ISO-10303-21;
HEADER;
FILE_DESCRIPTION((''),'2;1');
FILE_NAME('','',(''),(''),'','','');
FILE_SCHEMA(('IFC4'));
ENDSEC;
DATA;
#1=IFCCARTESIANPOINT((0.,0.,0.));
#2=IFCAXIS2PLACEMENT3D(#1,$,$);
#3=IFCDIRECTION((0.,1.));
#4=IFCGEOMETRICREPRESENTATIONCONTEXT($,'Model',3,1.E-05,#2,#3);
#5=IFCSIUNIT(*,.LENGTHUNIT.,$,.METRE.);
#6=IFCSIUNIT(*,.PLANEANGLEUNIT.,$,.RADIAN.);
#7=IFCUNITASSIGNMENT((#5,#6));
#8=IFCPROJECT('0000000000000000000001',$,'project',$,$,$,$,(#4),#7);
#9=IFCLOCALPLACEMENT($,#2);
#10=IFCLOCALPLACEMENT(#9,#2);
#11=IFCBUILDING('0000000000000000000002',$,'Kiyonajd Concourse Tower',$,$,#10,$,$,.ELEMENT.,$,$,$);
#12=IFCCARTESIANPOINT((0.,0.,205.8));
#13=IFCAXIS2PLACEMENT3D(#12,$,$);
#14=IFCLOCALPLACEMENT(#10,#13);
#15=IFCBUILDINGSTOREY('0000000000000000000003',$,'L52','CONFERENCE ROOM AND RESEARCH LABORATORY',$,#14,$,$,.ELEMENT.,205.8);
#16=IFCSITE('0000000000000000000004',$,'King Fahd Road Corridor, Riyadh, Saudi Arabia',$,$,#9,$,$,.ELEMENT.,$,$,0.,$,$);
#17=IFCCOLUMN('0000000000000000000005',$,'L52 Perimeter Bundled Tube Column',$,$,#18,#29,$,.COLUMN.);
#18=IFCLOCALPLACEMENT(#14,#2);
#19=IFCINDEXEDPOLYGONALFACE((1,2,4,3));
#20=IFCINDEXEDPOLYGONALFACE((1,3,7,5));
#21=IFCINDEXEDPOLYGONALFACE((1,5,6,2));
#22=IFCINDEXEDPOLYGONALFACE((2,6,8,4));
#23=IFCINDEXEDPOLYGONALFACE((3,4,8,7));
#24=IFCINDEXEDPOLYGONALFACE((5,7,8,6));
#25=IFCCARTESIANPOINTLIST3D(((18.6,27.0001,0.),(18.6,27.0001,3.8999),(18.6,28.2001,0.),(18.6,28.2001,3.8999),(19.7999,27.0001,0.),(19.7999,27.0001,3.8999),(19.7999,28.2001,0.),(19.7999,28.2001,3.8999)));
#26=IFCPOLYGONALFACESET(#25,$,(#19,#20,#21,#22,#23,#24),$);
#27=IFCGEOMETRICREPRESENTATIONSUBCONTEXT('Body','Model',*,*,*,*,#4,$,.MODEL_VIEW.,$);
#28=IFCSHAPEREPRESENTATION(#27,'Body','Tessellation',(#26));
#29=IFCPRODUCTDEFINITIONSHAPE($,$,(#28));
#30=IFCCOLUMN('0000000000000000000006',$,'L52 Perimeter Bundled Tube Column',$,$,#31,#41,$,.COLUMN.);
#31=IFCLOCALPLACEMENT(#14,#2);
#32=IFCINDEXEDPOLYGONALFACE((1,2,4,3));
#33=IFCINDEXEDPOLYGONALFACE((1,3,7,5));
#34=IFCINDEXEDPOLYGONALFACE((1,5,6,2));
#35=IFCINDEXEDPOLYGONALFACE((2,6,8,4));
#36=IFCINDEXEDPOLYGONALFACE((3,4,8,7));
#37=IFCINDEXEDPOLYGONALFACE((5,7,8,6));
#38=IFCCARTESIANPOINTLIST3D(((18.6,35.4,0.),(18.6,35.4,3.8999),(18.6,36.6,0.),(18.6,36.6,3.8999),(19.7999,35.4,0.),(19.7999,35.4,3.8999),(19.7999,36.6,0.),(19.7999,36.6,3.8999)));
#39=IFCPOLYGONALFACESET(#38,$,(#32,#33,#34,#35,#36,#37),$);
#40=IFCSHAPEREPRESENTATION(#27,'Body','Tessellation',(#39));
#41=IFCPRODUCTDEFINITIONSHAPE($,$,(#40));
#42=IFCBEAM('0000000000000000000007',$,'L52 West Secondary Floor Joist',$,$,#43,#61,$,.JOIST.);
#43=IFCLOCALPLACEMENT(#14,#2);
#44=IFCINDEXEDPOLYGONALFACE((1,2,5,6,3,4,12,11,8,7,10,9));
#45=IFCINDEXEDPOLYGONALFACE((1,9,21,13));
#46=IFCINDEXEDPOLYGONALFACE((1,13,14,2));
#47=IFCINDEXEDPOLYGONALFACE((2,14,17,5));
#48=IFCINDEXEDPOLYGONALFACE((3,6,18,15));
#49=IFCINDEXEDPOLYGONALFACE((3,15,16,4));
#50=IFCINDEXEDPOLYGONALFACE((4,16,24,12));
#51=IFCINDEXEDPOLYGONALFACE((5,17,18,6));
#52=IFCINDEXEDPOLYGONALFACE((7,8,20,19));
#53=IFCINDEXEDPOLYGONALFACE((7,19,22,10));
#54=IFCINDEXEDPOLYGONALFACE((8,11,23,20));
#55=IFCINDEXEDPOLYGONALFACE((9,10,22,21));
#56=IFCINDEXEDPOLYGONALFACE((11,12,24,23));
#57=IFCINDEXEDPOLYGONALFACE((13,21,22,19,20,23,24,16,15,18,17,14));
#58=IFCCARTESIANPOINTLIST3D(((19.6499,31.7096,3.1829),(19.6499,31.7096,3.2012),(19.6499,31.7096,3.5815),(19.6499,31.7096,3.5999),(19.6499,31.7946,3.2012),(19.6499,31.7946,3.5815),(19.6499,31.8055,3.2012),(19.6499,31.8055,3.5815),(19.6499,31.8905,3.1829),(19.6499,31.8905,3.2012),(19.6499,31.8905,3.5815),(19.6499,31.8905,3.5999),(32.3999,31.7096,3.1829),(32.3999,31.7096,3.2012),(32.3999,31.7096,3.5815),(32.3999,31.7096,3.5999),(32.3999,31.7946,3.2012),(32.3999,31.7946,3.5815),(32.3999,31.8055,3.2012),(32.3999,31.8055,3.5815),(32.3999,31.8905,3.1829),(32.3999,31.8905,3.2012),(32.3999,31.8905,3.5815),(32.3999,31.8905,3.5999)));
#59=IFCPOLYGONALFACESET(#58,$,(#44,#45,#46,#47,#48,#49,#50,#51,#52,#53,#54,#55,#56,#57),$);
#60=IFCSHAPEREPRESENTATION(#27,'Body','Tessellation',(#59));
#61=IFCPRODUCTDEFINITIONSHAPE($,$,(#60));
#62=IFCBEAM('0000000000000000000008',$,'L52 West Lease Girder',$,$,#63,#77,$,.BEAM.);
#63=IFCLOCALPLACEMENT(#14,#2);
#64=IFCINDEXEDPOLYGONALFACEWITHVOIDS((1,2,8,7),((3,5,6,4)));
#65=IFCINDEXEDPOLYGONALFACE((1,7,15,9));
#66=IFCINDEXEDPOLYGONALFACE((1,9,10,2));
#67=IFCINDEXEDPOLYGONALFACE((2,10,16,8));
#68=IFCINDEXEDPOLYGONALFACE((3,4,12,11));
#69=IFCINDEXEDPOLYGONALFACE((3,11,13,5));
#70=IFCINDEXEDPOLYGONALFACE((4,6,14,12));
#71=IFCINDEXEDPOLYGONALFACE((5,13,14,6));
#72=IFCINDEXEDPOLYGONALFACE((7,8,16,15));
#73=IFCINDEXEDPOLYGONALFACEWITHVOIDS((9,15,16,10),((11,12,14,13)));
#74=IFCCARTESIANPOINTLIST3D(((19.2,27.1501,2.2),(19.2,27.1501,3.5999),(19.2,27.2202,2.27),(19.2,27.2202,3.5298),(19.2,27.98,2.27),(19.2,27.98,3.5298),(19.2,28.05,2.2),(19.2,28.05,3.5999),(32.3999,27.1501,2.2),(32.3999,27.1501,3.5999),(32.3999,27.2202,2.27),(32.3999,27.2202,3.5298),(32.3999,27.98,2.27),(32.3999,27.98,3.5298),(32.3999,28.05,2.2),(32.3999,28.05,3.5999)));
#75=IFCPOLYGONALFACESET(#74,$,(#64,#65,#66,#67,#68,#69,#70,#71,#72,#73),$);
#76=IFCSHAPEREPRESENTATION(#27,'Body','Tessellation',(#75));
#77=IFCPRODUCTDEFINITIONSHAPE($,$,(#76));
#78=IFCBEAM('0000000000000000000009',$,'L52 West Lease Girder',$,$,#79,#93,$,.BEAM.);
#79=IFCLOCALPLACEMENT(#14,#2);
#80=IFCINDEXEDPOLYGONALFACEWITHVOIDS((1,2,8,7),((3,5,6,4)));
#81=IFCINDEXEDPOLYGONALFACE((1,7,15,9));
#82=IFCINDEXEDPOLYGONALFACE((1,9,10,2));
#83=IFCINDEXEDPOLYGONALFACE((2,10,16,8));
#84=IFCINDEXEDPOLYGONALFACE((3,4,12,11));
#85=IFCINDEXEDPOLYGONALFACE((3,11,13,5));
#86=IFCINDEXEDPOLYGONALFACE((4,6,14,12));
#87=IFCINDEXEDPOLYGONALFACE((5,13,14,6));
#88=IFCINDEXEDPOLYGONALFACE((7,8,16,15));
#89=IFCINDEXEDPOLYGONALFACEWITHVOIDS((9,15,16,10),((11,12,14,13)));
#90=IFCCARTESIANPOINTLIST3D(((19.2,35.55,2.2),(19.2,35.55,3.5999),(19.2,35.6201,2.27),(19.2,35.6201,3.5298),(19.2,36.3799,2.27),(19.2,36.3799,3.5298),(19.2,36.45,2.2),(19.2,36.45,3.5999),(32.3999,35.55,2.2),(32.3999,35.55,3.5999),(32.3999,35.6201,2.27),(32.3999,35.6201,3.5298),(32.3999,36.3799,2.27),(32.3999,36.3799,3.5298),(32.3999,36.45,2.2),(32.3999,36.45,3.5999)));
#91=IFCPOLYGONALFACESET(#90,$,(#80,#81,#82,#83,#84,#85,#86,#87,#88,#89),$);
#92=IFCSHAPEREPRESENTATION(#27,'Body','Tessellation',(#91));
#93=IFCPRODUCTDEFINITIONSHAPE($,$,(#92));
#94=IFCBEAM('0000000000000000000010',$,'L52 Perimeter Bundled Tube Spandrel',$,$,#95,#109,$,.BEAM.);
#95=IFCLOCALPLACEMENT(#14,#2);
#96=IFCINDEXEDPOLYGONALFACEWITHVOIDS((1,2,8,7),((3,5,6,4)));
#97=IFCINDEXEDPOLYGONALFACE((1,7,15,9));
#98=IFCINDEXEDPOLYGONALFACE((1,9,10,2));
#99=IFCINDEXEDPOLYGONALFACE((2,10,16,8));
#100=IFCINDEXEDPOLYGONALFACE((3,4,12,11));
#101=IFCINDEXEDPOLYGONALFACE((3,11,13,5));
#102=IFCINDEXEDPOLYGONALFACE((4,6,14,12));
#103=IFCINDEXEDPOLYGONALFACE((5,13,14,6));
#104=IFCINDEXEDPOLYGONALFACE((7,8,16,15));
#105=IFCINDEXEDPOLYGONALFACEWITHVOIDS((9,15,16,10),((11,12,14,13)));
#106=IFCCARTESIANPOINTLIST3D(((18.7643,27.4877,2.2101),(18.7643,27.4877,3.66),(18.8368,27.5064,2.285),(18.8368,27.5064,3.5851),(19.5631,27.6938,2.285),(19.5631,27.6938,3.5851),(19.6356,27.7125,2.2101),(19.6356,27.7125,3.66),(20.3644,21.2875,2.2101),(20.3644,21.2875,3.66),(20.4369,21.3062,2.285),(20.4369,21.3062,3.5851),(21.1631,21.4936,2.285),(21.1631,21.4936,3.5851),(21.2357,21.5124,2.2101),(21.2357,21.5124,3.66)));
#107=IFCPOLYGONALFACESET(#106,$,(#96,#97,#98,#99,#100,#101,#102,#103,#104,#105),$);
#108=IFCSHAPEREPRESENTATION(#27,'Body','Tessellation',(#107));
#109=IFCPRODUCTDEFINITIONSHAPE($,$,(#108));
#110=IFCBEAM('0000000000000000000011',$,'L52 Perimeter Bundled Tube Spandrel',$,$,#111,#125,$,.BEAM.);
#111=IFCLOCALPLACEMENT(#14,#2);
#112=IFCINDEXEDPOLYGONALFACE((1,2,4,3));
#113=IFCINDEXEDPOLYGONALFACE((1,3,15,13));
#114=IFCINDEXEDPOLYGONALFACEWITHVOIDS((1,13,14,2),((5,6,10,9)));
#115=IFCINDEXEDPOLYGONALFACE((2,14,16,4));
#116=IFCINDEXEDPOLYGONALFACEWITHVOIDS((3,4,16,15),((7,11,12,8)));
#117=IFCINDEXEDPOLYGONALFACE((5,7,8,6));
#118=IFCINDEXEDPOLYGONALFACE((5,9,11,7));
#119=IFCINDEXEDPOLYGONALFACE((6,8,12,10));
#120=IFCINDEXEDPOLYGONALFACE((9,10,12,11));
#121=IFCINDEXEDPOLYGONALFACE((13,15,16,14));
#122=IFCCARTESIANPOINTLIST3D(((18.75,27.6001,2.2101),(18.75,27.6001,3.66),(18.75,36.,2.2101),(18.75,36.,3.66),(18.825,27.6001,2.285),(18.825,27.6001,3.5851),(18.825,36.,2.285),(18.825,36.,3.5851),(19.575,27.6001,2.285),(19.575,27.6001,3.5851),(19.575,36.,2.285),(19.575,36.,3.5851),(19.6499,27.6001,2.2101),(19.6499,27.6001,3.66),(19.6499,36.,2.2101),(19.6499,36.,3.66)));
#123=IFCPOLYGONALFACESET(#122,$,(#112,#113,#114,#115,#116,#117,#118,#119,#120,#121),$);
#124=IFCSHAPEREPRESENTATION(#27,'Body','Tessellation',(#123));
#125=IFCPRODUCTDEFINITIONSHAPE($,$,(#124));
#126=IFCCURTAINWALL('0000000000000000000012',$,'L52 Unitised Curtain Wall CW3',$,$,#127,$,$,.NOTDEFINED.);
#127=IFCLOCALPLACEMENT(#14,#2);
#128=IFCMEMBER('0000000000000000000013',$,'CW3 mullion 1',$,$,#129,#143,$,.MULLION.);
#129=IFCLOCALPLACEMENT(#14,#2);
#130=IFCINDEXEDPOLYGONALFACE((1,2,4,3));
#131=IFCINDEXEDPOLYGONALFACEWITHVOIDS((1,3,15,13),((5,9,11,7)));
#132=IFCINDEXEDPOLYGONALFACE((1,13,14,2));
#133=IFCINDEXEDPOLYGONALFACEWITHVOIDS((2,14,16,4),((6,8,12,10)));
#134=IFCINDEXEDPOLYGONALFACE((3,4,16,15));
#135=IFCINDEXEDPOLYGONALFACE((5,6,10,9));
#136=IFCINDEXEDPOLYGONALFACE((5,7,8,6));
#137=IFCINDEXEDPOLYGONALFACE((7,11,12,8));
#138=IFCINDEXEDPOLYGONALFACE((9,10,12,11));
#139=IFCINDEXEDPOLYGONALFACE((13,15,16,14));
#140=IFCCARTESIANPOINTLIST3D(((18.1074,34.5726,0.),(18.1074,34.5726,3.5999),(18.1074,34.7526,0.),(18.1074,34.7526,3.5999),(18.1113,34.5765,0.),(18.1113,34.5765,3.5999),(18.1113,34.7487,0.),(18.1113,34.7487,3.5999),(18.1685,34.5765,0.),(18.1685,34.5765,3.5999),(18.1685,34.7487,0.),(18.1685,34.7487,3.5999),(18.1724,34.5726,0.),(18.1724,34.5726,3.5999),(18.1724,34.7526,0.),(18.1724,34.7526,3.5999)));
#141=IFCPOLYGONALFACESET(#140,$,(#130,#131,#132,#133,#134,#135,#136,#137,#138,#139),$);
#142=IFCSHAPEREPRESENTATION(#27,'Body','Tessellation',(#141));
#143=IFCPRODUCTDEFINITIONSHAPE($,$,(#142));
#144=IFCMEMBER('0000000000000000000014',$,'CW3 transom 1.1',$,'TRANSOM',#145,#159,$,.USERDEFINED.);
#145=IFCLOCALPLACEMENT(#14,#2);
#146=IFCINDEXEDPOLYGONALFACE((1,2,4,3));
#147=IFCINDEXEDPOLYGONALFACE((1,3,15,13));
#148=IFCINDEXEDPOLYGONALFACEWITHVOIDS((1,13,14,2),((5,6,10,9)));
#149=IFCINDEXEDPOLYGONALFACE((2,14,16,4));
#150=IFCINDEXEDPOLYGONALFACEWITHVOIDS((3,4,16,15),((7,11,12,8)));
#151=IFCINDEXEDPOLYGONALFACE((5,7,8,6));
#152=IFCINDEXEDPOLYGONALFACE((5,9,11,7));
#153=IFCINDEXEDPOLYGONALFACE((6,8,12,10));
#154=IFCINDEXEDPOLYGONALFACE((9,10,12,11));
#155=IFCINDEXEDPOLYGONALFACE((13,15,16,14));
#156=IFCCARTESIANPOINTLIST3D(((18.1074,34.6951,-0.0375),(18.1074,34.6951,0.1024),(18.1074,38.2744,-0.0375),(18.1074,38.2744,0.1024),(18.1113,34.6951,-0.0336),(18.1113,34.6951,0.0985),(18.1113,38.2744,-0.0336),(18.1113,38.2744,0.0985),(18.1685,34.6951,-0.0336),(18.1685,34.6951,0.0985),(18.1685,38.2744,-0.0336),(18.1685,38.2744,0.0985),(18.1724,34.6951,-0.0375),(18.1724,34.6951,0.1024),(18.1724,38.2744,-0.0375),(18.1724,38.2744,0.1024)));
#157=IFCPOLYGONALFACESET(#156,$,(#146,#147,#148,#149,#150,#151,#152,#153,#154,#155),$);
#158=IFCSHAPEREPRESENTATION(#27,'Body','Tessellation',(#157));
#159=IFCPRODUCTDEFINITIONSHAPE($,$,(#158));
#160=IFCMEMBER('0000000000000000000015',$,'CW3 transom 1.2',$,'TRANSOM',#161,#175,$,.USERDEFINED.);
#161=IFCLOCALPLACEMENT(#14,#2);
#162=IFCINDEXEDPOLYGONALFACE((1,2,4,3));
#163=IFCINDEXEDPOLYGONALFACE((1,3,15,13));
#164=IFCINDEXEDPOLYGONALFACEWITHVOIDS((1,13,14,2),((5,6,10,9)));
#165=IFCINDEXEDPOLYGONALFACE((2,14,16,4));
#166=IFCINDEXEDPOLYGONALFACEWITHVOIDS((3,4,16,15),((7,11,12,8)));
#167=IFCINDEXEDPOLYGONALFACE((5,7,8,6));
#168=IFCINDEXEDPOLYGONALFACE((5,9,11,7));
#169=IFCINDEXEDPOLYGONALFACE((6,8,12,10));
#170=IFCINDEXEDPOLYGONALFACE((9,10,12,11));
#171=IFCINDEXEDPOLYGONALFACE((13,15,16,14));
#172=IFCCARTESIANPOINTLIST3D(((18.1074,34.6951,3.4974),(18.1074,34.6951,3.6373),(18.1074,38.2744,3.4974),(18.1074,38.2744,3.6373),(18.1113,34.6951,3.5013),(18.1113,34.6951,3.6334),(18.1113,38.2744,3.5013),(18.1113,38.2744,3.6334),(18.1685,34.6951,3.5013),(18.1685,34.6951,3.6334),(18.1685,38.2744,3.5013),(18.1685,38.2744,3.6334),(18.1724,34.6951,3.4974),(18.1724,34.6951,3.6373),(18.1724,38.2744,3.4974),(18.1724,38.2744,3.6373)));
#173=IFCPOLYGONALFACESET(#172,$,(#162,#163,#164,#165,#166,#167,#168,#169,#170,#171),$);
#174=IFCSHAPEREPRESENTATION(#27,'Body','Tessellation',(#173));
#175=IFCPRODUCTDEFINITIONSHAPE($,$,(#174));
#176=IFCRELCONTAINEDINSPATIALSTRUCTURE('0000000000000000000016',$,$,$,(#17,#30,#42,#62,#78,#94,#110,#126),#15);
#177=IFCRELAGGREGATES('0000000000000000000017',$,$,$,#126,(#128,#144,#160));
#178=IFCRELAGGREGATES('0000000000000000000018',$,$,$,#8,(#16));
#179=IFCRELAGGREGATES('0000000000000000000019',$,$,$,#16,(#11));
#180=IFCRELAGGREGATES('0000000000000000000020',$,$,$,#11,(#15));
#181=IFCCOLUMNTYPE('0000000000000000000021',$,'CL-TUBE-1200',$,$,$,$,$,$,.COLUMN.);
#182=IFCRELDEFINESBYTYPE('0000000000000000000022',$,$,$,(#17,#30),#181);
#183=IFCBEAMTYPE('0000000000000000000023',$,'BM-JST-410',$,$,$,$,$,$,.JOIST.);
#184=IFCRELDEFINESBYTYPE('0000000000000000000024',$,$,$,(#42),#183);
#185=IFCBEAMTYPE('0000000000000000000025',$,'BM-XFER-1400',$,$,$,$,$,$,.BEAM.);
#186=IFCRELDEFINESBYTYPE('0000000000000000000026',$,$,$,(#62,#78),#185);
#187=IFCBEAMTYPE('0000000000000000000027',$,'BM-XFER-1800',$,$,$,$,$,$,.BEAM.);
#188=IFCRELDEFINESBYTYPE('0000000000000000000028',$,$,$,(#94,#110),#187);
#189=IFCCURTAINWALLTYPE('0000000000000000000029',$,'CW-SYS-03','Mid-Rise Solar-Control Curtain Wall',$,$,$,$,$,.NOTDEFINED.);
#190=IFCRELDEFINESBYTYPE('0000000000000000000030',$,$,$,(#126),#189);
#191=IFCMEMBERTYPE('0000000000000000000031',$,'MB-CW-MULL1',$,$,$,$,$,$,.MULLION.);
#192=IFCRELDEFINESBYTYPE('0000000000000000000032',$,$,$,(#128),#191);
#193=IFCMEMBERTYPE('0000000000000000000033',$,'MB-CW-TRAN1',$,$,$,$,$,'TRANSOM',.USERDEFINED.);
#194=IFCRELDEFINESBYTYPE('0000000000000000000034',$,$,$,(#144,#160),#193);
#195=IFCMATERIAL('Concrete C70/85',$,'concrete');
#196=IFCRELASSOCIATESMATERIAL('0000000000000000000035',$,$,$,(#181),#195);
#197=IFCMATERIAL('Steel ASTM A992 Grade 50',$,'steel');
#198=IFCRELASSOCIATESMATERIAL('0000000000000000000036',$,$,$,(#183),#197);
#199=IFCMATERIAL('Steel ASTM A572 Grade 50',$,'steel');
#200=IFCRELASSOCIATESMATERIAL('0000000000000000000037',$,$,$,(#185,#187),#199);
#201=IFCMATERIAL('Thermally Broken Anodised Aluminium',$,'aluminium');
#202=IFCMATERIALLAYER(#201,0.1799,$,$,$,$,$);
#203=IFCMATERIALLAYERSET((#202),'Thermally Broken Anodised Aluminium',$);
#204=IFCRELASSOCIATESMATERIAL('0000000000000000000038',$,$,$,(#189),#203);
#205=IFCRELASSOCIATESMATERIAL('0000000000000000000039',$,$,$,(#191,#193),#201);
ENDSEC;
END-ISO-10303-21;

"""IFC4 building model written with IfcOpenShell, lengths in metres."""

from ifc_helpers import new_model, si_unit, direction, frame, origin, origin_2d, place, context, subcontext, project, spatial, rectangle, hollow_rectangle, i_section, extrude, material, layer, layer_set, material_profile, profile_set, type_object, element, aggregate, save


model = new_model("IFC4")

# Units and contexts
model_context = context("Model", 3, precision=1e-05, world=origin(), true_north=direction((0.0, 1.0)))
body_context = subcontext(model_context, "Body", "Model", "MODEL_VIEW")
ifc_project = project(units=[si_unit("LENGTHUNIT", "METRE"), si_unit("PLANEANGLEUNIT", "RADIAN")], contexts=[model_context])

# Site, building, storey
site_placement = place(None, origin())
site = spatial("IfcSite", under=ifc_project, at=site_placement, Name="King Fahd Road Corridor, Riyadh, Saudi Arabia", CompositionType="ELEMENT", RefElevation=0.0)
building_placement = place(site_placement, origin())
building = spatial("IfcBuilding", under=site, at=building_placement, Name="Kiyonajd Concourse Tower", CompositionType="ELEMENT")
storey_placement = place(building_placement, frame((0.0, 0.0, 205.8)))
storey = spatial("IfcBuildingStorey", under=building, at=storey_placement, Name="L52", Description="CONFERENCE ROOM AND RESEARCH LABORATORY", CompositionType="ELEMENT", Elevation=205.8)

# Columns
ifc_material_1 = material(Name="Concrete C70/85", Category="concrete")
ifc_material_profile_1 = material_profile(ifc_material_1, rectangle(XDim=1.2, YDim=1.2, at=origin_2d()), Name="RC-1200x1200")
ifc_profile_set_1 = profile_set([ifc_material_profile_1], Name="Concrete C70/85")
column_type = type_object("IfcColumnType", Name="CL-TUBE-1200", PredefinedType="COLUMN", material=ifc_profile_set_1)
for number, where, z_axis, x_axis, name in (
    (1, (19.2, 27.6001, 0.0), (0.0, 0.0, 1.0), (1.0, 0.0, 0.0), "L52 Perimeter Bundled Tube Column"),
    (2, (19.2, 36.0, 0.0), (0.0, 0.0, 1.0), (1.0, 0.0, 0.0), "L52 Perimeter Bundled Tube Column"),
):
    element("IfcColumn", number, at=place(storey_placement, frame(where, z_axis=z_axis, x_axis=x_axis)), inside=storey, type_object=column_type, Name=name, PredefinedType="COLUMN", context=body_context, shape_type="SweptSolid", body=[
        extrude(rectangle(XDim=1.2, YDim=1.2, at=origin_2d()), origin(), (0.0, 0.0, 1.0), 3.8999),
    ])

# Beams
ifc_material_2 = material(Name="Steel ASTM A992 Grade 50", Category="steel")
ifc_material_profile_2 = material_profile(ifc_material_2, i_section(OverallWidth=0.1809, OverallDepth=0.417, WebThickness=0.011, FlangeThickness=0.0183, at=origin_2d()), Name="W410X85")
ifc_profile_set_2 = profile_set([ifc_material_profile_2], Name="Steel ASTM A992 Grade 50")
beam_type_1 = type_object("IfcBeamType", Name="BM-JST-410", PredefinedType="JOIST", material=ifc_profile_set_2)
beam_1_placement = place(storey_placement, frame((19.6499, 31.8, 3.3914), z_axis=(1.0, 0.0, 0.0), x_axis=(0.0, 1.0, 0.0)))
element("IfcBeam", 3, at=beam_1_placement, inside=storey, type_object=beam_type_1, Name="L52 West Secondary Floor Joist", PredefinedType="JOIST", context=body_context, shape_type="SweptSolid", body=[
    extrude(i_section(OverallWidth=0.1809, OverallDepth=0.417, WebThickness=0.011, FlangeThickness=0.0183, at=origin_2d()), origin(), (0.0, 0.0, 1.0), 12.75),
])
ifc_material_3 = material(Name="Steel ASTM A572 Grade 50", Category="steel")
ifc_material_profile_3 = material_profile(ifc_material_3, hollow_rectangle(XDim=0.8999, YDim=1.3999, WallThickness=0.0701, at=origin_2d()), Name="BOX-1400x900x70")
ifc_profile_set_3 = profile_set([ifc_material_profile_3], Name="Steel ASTM A572 Grade 50")
beam_type_2 = type_object("IfcBeamType", Name="BM-XFER-1400", PredefinedType="BEAM", material=ifc_profile_set_3)
for number, where, z_axis, x_axis, name in (
    (4, (19.2, 27.6001, 2.8999), (1.0, 0.0, 0.0), (0.0, 1.0, 0.0), "L52 West Lease Girder"),
    (5, (19.2, 36.0, 2.8999), (1.0, 0.0, 0.0), (0.0, 1.0, 0.0), "L52 West Lease Girder"),
):
    element("IfcBeam", number, at=place(storey_placement, frame(where, z_axis=z_axis, x_axis=x_axis)), inside=storey, type_object=beam_type_2, Name=name, PredefinedType="BEAM", context=body_context, shape_type="SweptSolid", body=[
        extrude(hollow_rectangle(XDim=0.8999, YDim=1.3999, WallThickness=0.0701, at=origin_2d()), origin(), (0.0, 0.0, 1.0), 13.2),
    ])
ifc_material_profile_4 = material_profile(ifc_material_3, hollow_rectangle(XDim=0.8999, YDim=1.45, WallThickness=0.075, at=origin_2d()), Name="BOX-1450x900x75")
ifc_profile_set_4 = profile_set([ifc_material_profile_4], Name="Steel ASTM A572 Grade 50")
beam_type_3 = type_object("IfcBeamType", Name="BM-XFER-1800", PredefinedType="BEAM", material=ifc_profile_set_4)
beam_2_placement = place(storey_placement, frame((19.2, 27.6001, 2.9351), z_axis=(0.249885, -0.968276, 0.0), x_axis=(0.968276, 0.249885, 0.0)))
element("IfcBeam", 6, at=beam_2_placement, inside=storey, type_object=beam_type_3, Name="L52 Perimeter Bundled Tube Spandrel", PredefinedType="BEAM", context=body_context, shape_type="SweptSolid", body=[
    extrude(hollow_rectangle(XDim=0.8999, YDim=1.45, WallThickness=0.075, at=origin_2d()), origin(), (0.0, 0.0, 1.0), 6.4033),
])
beam_3_placement = place(storey_placement, frame((19.2, 36.0, 2.9351), z_axis=(0.0, -1.0, 0.0), x_axis=(1.0, 0.0, 0.0)))
element("IfcBeam", 7, at=beam_3_placement, inside=storey, type_object=beam_type_3, Name="L52 Perimeter Bundled Tube Spandrel", PredefinedType="BEAM", context=body_context, shape_type="SweptSolid", body=[
    extrude(hollow_rectangle(XDim=0.8999, YDim=1.45, WallThickness=0.075, at=origin_2d()), origin(), (0.0, 0.0, 1.0), 8.3999),
])

# Curtain wall, members
ifc_material_4 = material(Name="Thermally Broken Anodised Aluminium", Category="aluminium")
ifc_layer_1 = layer(ifc_material_4, 0.1799)
ifc_layer_set_1 = layer_set([ifc_layer_1], Name="Thermally Broken Anodised Aluminium")
curtain_wall_type = type_object("IfcCurtainWallType", Name="CW-SYS-03", Description="Mid-Rise Solar-Control Curtain Wall", PredefinedType="NOTDEFINED", material=ifc_layer_set_1)
curtain_wall_placement = place(storey_placement, origin())
curtain_wall = element("IfcCurtainWall", 8, at=curtain_wall_placement, inside=storey, type_object=curtain_wall_type, Name="L52 Unitised Curtain Wall CW3", PredefinedType="NOTDEFINED")
ifc_material_profile_5 = material_profile(ifc_material_4, hollow_rectangle(XDim=0.0649, YDim=0.1799, WallThickness=0.0039, at=origin_2d()), Name="MULL-65x180")
ifc_profile_set_5 = profile_set([ifc_material_profile_5], Name="Thermally Broken Anodised Aluminium")
member_type_1 = type_object("IfcMemberType", Name="MB-CW-MULL1", PredefinedType="MULLION", material=ifc_profile_set_5)
member_1_placement = place(storey_placement, frame((18.1399, 34.6626, 0.0), z_axis=(0.0, 0.0, 1.0), x_axis=(-1.0, 0.0, 0.0)))
member_1 = element("IfcMember", 9, at=member_1_placement, type_object=member_type_1, Name="CW3 mullion 1", PredefinedType="MULLION", context=body_context, shape_type="SweptSolid", body=[
    extrude(hollow_rectangle(XDim=0.0649, YDim=0.1799, WallThickness=0.0039, at=origin_2d()), origin(), (0.0, 0.0, 1.0), 3.5999),
])
ifc_material_profile_6 = material_profile(ifc_material_4, hollow_rectangle(XDim=0.0649, YDim=0.1399, WallThickness=0.0039, at=origin_2d()), Name="TRAN-65x140")
ifc_profile_set_6 = profile_set([ifc_material_profile_6], Name="Thermally Broken Anodised Aluminium")
member_type_2 = type_object("IfcMemberType", Name="MB-CW-TRAN1", ElementType="TRANSOM", PredefinedType="USERDEFINED", material=ifc_profile_set_6)
member_2_placement = place(storey_placement, frame((18.1399, 34.6951, 0.0325), z_axis=(0.0, 1.0, 0.0), x_axis=(-1.0, 0.0, 0.0)))
member_2 = element("IfcMember", 10, at=member_2_placement, type_object=member_type_2, Name="CW3 transom 1.1", ObjectType="TRANSOM", PredefinedType="USERDEFINED", context=body_context, shape_type="SweptSolid", body=[
    extrude(hollow_rectangle(XDim=0.0649, YDim=0.1399, WallThickness=0.0039, at=origin_2d()), origin(), (0.0, 0.0, 1.0), 3.5793),
])
member_3_placement = place(storey_placement, frame((18.1399, 34.6951, 3.5674), z_axis=(0.0, 1.0, 0.0), x_axis=(-1.0, 0.0, 0.0)))
member_3 = element("IfcMember", 11, at=member_3_placement, type_object=member_type_2, Name="CW3 transom 1.2", ObjectType="TRANSOM", PredefinedType="USERDEFINED", context=body_context, shape_type="SweptSolid", body=[
    extrude(hollow_rectangle(XDim=0.0649, YDim=0.1399, WallThickness=0.0039, at=origin_2d()), origin(), (0.0, 0.0, 1.0), 3.5793),
])

aggregate(curtain_wall, [member_1, member_2, member_3])

save(model, "model.ifc")
